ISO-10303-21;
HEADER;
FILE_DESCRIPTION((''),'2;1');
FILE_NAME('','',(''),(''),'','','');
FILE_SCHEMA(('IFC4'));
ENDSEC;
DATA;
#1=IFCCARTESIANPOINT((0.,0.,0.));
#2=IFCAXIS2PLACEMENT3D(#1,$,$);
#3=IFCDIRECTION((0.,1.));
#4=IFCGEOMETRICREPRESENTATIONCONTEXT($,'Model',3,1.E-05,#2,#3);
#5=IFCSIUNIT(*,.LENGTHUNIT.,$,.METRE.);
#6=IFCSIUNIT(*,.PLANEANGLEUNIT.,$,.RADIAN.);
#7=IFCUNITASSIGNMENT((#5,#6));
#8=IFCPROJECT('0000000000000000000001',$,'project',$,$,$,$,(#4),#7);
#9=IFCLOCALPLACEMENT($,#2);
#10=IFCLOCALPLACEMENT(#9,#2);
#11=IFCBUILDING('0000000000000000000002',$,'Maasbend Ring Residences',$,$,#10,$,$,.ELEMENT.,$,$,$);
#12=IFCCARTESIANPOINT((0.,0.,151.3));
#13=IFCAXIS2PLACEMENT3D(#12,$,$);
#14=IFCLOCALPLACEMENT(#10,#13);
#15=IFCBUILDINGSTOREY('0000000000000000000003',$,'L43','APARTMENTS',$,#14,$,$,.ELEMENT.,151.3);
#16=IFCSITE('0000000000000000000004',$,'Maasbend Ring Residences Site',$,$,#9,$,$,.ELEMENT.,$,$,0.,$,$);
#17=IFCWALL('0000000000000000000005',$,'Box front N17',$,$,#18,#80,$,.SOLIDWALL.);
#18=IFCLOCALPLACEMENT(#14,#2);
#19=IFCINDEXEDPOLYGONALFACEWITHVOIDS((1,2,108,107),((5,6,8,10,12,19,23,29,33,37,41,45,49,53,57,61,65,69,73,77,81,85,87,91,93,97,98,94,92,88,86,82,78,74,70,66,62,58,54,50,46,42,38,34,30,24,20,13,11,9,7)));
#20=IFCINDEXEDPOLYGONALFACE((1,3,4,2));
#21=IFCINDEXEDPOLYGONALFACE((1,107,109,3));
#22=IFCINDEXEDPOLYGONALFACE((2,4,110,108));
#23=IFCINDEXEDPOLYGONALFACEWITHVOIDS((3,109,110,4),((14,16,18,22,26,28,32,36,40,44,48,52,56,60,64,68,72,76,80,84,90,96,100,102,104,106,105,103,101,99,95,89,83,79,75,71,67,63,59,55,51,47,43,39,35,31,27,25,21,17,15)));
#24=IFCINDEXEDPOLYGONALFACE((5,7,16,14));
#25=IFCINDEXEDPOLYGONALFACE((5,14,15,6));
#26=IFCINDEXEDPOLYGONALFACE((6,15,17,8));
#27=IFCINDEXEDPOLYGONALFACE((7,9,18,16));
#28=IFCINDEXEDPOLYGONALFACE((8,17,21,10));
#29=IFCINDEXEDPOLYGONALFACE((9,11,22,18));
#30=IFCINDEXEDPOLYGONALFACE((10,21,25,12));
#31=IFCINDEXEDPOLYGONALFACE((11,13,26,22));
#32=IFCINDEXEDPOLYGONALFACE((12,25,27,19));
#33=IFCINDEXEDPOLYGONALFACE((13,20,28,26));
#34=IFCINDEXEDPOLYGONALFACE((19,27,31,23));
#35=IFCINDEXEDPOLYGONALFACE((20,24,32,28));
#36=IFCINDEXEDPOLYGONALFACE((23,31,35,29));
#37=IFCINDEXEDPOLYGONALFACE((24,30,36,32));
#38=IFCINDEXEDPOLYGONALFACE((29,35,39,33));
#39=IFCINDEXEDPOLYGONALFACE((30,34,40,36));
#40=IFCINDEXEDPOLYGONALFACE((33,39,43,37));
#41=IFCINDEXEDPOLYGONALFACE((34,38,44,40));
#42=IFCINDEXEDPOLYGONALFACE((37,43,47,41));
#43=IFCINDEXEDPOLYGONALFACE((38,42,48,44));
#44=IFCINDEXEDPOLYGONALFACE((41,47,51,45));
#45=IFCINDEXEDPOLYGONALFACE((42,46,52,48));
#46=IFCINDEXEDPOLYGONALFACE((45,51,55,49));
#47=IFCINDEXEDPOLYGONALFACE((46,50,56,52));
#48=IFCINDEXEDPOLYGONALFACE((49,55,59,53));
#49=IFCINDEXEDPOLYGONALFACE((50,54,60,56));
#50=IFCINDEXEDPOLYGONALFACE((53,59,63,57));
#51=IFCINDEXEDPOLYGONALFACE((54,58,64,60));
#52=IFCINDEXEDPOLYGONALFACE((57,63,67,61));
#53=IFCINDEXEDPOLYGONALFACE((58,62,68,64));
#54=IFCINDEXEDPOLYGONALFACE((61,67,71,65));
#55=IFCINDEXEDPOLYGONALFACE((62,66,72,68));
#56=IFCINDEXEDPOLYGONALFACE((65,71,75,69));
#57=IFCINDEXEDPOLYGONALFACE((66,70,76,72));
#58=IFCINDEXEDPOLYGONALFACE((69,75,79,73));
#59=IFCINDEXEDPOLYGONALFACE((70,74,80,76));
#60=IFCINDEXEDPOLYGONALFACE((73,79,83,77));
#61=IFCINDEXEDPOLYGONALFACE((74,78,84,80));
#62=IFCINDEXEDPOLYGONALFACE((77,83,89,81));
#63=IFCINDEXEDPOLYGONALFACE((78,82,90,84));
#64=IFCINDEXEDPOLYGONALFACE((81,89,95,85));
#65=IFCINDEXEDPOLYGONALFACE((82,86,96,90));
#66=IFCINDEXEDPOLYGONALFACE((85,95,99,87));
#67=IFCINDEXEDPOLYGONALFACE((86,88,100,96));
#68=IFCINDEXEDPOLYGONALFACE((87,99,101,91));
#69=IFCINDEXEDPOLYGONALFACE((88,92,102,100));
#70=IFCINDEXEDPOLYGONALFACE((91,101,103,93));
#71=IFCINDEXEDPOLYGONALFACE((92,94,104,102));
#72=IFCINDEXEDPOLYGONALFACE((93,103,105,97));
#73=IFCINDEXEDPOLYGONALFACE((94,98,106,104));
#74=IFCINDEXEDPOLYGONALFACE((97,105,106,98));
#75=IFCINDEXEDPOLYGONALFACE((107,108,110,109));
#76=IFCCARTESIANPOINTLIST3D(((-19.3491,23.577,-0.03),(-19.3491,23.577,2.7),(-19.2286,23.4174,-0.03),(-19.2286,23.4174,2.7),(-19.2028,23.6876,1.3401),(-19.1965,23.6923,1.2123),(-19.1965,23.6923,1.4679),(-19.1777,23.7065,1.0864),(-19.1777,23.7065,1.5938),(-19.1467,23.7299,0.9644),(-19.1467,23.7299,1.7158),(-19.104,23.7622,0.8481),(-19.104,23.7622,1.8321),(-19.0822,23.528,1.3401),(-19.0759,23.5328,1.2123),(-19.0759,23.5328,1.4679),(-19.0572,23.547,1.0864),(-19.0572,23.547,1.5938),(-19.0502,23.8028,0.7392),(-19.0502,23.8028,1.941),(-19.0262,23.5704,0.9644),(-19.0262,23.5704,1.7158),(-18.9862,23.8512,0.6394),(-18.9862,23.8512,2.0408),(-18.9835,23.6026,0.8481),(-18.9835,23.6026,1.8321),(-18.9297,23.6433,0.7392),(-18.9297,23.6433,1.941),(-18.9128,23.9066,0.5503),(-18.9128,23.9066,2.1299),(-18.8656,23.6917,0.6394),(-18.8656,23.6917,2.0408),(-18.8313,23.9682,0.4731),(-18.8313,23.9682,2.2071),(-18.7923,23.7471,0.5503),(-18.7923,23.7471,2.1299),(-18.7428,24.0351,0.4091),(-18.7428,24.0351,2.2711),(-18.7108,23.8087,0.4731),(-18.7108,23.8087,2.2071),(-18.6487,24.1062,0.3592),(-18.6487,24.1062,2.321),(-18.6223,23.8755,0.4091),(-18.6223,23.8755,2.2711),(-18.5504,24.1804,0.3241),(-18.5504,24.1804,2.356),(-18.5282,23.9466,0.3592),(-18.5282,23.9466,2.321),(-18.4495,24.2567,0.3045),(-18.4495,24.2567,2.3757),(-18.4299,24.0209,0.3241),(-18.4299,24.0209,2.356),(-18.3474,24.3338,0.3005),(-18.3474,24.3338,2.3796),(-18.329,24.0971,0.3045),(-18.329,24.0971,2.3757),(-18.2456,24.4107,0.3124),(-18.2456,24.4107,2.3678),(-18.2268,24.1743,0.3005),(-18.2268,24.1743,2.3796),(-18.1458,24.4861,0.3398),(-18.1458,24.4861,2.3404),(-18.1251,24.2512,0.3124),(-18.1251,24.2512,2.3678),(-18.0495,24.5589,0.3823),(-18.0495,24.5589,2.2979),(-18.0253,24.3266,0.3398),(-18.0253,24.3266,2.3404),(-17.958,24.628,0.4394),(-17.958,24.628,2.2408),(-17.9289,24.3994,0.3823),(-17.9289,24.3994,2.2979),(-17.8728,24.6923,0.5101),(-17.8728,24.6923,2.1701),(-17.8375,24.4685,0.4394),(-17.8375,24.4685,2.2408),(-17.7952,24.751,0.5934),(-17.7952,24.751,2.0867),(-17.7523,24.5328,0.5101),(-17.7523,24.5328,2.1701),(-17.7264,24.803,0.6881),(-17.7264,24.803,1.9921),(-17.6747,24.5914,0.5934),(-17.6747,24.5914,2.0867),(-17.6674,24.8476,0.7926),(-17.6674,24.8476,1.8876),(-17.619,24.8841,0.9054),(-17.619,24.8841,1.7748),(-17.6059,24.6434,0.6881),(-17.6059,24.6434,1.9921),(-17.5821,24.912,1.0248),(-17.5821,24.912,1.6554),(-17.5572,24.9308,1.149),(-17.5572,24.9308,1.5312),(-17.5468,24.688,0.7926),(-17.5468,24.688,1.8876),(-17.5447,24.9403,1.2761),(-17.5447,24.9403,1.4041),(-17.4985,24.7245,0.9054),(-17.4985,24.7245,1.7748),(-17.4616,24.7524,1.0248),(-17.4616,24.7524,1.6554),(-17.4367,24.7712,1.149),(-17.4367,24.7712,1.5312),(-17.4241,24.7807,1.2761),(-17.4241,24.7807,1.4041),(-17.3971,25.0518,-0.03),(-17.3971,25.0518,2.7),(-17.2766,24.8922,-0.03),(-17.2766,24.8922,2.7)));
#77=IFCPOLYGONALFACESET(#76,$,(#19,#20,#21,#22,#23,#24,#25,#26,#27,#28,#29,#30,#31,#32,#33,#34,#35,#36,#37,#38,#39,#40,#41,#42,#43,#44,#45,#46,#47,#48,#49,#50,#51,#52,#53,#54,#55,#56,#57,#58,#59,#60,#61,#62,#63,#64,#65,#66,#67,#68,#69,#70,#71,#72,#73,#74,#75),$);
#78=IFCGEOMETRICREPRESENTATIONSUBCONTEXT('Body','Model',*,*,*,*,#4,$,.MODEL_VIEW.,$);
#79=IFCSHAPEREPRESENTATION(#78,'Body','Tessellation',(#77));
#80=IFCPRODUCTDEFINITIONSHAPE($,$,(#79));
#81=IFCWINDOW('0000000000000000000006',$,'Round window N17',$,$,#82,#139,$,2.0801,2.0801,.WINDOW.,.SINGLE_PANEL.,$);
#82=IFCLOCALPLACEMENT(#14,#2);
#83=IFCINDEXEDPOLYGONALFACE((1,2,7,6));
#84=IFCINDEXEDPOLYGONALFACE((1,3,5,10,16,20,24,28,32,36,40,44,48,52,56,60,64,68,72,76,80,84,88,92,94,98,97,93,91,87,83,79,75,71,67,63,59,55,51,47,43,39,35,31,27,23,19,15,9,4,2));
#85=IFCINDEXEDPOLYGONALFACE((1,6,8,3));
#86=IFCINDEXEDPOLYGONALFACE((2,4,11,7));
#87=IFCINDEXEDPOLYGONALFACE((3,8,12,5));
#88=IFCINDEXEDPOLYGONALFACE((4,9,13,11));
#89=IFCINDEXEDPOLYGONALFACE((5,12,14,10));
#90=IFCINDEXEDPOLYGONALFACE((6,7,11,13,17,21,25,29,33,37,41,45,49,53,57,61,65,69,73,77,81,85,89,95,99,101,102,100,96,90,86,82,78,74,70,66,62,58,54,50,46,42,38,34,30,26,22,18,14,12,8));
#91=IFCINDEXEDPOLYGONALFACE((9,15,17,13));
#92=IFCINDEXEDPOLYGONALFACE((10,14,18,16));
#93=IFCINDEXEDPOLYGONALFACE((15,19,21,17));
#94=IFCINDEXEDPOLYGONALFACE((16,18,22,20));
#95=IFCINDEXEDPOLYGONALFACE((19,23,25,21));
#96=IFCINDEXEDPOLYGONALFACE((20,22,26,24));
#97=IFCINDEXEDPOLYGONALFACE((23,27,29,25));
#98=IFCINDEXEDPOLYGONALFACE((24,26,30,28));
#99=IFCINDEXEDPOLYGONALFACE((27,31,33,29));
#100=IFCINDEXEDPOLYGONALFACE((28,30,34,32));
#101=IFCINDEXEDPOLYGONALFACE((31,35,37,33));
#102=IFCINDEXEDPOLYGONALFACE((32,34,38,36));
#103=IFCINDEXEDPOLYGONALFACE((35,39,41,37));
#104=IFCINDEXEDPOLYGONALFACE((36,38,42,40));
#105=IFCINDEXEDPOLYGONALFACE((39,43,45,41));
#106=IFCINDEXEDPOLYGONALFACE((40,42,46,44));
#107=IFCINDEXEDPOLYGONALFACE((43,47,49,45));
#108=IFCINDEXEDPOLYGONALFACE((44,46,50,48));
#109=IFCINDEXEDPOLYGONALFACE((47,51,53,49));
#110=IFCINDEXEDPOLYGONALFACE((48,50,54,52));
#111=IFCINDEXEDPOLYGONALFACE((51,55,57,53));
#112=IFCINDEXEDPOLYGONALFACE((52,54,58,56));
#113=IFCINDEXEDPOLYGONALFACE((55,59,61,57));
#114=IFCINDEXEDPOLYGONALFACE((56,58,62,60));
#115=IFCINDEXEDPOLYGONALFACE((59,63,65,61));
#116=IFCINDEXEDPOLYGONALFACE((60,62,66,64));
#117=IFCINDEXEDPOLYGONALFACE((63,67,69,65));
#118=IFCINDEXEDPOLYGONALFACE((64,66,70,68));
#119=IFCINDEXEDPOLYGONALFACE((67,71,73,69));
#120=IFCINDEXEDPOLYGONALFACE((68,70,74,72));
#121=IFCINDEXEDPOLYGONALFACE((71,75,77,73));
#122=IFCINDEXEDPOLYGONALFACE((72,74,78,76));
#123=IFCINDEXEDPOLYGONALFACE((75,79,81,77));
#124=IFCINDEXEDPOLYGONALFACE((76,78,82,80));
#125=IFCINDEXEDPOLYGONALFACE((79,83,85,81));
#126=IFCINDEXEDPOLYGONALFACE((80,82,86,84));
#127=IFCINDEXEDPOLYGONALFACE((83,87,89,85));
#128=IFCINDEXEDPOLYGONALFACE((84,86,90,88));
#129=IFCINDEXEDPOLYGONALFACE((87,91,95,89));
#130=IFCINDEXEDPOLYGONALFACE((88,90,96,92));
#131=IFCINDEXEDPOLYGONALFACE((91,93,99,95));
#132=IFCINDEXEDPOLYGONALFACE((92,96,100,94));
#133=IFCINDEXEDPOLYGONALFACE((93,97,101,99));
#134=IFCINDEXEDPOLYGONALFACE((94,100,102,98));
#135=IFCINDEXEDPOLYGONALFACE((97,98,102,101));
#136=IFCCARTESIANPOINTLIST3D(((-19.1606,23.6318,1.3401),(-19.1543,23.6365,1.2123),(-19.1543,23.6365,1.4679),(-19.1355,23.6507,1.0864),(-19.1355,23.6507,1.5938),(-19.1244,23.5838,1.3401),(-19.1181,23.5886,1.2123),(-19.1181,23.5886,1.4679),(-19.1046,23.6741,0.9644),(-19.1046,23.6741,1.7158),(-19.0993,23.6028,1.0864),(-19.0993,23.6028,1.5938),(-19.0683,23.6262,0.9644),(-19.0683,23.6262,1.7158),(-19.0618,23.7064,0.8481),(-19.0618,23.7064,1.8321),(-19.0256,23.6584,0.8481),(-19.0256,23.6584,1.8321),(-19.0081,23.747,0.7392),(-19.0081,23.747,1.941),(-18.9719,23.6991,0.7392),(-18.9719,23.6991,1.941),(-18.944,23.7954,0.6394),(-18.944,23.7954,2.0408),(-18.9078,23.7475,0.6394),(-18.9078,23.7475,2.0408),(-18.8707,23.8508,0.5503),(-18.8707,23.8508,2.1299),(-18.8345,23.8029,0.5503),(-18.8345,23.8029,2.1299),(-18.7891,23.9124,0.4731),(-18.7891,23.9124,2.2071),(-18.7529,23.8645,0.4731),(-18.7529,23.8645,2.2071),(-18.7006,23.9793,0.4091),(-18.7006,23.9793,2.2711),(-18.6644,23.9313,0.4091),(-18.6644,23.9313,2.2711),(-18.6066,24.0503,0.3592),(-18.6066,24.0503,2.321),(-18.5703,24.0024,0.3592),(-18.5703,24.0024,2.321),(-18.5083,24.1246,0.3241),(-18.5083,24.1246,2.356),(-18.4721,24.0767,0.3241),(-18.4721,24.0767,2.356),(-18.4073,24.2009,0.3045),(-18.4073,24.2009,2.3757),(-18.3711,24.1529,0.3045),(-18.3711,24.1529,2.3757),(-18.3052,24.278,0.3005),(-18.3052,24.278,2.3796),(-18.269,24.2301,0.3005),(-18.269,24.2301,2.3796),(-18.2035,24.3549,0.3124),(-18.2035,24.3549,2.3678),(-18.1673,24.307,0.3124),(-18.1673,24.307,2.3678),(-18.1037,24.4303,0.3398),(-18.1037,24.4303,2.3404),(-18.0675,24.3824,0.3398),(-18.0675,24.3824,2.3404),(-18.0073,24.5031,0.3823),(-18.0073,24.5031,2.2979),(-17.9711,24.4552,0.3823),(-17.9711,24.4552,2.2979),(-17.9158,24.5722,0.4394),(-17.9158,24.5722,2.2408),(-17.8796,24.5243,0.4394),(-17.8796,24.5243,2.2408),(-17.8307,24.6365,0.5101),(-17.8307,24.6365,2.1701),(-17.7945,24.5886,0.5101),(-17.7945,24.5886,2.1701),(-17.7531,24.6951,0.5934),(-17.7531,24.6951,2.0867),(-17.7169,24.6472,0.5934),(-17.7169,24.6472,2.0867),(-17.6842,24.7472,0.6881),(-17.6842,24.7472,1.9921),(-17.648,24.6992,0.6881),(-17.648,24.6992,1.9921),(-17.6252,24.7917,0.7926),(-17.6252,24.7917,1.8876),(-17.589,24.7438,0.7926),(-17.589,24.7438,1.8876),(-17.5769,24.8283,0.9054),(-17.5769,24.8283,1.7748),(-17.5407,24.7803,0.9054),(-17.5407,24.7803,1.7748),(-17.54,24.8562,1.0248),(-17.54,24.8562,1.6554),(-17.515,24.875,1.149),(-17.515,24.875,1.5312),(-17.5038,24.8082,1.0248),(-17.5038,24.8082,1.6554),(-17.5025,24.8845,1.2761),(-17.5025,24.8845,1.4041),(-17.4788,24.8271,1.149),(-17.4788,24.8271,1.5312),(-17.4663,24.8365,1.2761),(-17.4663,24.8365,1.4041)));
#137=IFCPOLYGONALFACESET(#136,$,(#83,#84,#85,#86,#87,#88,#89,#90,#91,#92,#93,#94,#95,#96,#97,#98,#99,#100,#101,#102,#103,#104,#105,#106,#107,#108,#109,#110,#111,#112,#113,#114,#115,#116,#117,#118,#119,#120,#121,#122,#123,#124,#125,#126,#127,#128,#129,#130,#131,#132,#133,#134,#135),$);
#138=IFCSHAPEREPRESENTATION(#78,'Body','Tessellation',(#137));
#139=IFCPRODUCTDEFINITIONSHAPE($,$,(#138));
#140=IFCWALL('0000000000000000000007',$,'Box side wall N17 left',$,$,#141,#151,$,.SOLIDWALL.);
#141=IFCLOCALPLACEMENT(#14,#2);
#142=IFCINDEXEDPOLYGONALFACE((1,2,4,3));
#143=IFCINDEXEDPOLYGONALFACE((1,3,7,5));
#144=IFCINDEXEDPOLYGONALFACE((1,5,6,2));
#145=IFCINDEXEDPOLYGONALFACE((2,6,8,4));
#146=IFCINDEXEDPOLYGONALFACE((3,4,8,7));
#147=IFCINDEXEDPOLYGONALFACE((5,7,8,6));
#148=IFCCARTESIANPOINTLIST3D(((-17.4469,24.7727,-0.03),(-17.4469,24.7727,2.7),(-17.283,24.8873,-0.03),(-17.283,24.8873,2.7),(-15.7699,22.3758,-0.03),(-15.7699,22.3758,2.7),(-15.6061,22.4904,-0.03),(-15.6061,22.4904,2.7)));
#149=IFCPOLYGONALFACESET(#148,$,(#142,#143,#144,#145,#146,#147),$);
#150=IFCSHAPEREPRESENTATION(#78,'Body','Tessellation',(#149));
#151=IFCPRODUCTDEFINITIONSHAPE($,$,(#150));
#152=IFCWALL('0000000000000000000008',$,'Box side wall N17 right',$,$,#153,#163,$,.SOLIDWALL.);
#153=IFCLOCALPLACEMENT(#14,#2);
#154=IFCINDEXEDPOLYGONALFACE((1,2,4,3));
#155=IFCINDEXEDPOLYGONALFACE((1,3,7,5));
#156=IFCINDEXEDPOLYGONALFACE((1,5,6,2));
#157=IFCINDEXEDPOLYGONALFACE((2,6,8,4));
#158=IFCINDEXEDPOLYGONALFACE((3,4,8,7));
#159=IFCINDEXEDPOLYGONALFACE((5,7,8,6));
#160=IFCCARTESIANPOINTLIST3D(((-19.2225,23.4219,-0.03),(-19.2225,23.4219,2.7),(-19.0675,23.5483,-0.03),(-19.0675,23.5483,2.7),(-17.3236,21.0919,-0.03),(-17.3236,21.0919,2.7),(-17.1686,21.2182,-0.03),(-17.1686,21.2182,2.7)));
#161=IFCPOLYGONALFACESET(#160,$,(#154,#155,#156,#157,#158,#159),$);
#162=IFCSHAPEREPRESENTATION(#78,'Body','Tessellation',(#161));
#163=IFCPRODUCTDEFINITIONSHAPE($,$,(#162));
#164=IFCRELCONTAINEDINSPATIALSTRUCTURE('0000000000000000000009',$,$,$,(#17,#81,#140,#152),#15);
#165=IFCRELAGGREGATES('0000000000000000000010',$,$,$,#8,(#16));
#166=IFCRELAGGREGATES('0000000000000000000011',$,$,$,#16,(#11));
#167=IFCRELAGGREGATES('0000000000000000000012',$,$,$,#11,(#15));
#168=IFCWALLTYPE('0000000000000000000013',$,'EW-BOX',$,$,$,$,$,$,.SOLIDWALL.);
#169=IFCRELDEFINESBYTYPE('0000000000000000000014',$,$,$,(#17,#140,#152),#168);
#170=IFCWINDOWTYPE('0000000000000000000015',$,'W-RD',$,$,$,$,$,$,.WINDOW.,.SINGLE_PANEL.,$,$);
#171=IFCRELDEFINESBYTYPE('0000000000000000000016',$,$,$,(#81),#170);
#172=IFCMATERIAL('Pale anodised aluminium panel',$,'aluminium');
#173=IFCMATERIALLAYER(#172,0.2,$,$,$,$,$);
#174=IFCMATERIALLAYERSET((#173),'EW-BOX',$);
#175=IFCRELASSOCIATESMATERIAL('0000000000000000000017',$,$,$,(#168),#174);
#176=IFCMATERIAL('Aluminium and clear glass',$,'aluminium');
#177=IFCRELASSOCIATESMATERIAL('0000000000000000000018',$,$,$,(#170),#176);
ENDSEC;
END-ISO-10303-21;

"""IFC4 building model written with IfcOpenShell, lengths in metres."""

from ifc_helpers import new_model, si_unit, direction, frame, frame_2d, origin, place, context, subcontext, project, spatial, rectangle, circle, extrude, material, layer, layer_set, type_object, element, fill, save


model = new_model("IFC4")

# Units and contexts
model_context = context("Model", 3, precision=1e-05, world=origin(), true_north=direction((0.0, 1.0)))
body_context = subcontext(model_context, "Body", "Model", "MODEL_VIEW")
ifc_project = project(units=[si_unit("LENGTHUNIT", "METRE"), si_unit("PLANEANGLEUNIT", "RADIAN")], contexts=[model_context])

# Site, building, storey
site_placement = place(None, origin())
site = spatial("IfcSite", under=ifc_project, at=site_placement, Name="Maasbend Ring Residences Site", CompositionType="ELEMENT", RefElevation=0.0)
building_placement = place(site_placement, origin())
building = spatial("IfcBuilding", under=site, at=building_placement, Name="Maasbend Ring Residences", CompositionType="ELEMENT")
storey_placement = place(building_placement, frame((0.0, 0.0, 151.3)))
storey = spatial("IfcBuildingStorey", under=building, at=storey_placement, Name="L43", Description="APARTMENTS", CompositionType="ELEMENT", Elevation=151.3)

# Shared definitions
ifc_material_1 = material(Name="Pale anodised aluminium panel", Category="aluminium")
ifc_layer_1 = layer(ifc_material_1, 0.2)
ifc_layer_set_1 = layer_set([ifc_layer_1], Name="EW-BOX")
wall_type_1 = type_object("IfcWallType", Name="EW-BOX", PredefinedType="SOLIDWALL", material=ifc_layer_set_1)
ifc_material_2 = material(Name="Aluminium and clear glass", Category="aluminium")
window_type_1 = type_object("IfcWindowType", Name="W-RD", PartitioningType="SINGLE_PANEL", PredefinedType="WINDOW", material=ifc_material_2)

# Wall, opening, window
wall_1_placement = place(storey_placement, frame((-17.3369, 24.9719, -0.03), z_axis=(0.0, 0.0, 1.0), x_axis=(-0.797888, -0.602806, 0.0)))
wall_1 = element("IfcWall", 1, at=wall_1_placement, inside=storey, type_object=wall_type_1, Name="Box front N17", PredefinedType="SOLIDWALL", context=body_context, shape_type="SweptSolid", body=[
    extrude(rectangle(XDim=2.4465, YDim=0.2, at=frame_2d((1.2231, 0.0))), origin(), (0.0, 0.0, 1.0), 2.73),
])
opening_1_placement = place(wall_1_placement, frame((0.1829, 0.0, 0.3301)))
opening_1 = element("IfcOpeningElement", 2, at=opening_1_placement, cuts=wall_1, PredefinedType="OPENING", context=body_context, shape_type="SweptSolid", body=[
    extrude(circle(Radius=1.04, at=frame_2d((1.04, 1.04))), frame((0.0, 0.1099, 0.0), z_axis=(0.0, -1.0, 0.0), x_axis=(1.0, 0.0, 0.0)), (0.0, 0.0, 1.0), 0.22),
])
window_1_placement = place(opening_1_placement, origin())
window_1 = element("IfcWindow", 3, at=window_1_placement, inside=storey, type_object=window_type_1, Name="Round window N17", OverallHeight=2.0801, OverallWidth=2.0801, PartitioningType="SINGLE_PANEL", PredefinedType="WINDOW", context=body_context, shape_type="SweptSolid", body=[
    extrude(circle(Radius=1.04, at=frame_2d((1.04, 1.04))), frame((0.0, 0.03, 0.0), z_axis=(0.0, -1.0, 0.0), x_axis=(1.0, 0.0, 0.0)), (0.0, 0.0, 1.0), 0.0601),
])
fill(opening_1, window_1)

# Walls
wall_2_placement = place(storey_placement, frame((-15.688, 22.4331, -0.03), z_axis=(0.0, 0.0, 1.0), x_axis=(-0.573261, 0.819373, 0.0)))
element("IfcWall", 4, at=wall_2_placement, inside=storey, type_object=wall_type_1, Name="Box side wall N17 left", PredefinedType="SOLIDWALL", context=body_context, shape_type="SweptSolid", body=[
    extrude(rectangle(XDim=2.9253, YDim=0.2, at=frame_2d((1.4626, 0.0))), origin(), (0.0, 0.0, 1.0), 2.73),
])
wall_3_placement = place(storey_placement, frame((-17.2461, 21.155, -0.03), z_axis=(0.0, 0.0, 1.0), x_axis=(-0.631742, 0.775179, 0.0)))
element("IfcWall", 5, at=wall_3_placement, inside=storey, type_object=wall_type_1, Name="Box side wall N17 right", PredefinedType="SOLIDWALL", context=body_context, shape_type="SweptSolid", body=[
    extrude(rectangle(XDim=3.0059, YDim=0.2, at=frame_2d((1.5029, 0.0))), origin(), (0.0, 0.0, 1.0), 2.73),
])

save(model, "model.ifc")
